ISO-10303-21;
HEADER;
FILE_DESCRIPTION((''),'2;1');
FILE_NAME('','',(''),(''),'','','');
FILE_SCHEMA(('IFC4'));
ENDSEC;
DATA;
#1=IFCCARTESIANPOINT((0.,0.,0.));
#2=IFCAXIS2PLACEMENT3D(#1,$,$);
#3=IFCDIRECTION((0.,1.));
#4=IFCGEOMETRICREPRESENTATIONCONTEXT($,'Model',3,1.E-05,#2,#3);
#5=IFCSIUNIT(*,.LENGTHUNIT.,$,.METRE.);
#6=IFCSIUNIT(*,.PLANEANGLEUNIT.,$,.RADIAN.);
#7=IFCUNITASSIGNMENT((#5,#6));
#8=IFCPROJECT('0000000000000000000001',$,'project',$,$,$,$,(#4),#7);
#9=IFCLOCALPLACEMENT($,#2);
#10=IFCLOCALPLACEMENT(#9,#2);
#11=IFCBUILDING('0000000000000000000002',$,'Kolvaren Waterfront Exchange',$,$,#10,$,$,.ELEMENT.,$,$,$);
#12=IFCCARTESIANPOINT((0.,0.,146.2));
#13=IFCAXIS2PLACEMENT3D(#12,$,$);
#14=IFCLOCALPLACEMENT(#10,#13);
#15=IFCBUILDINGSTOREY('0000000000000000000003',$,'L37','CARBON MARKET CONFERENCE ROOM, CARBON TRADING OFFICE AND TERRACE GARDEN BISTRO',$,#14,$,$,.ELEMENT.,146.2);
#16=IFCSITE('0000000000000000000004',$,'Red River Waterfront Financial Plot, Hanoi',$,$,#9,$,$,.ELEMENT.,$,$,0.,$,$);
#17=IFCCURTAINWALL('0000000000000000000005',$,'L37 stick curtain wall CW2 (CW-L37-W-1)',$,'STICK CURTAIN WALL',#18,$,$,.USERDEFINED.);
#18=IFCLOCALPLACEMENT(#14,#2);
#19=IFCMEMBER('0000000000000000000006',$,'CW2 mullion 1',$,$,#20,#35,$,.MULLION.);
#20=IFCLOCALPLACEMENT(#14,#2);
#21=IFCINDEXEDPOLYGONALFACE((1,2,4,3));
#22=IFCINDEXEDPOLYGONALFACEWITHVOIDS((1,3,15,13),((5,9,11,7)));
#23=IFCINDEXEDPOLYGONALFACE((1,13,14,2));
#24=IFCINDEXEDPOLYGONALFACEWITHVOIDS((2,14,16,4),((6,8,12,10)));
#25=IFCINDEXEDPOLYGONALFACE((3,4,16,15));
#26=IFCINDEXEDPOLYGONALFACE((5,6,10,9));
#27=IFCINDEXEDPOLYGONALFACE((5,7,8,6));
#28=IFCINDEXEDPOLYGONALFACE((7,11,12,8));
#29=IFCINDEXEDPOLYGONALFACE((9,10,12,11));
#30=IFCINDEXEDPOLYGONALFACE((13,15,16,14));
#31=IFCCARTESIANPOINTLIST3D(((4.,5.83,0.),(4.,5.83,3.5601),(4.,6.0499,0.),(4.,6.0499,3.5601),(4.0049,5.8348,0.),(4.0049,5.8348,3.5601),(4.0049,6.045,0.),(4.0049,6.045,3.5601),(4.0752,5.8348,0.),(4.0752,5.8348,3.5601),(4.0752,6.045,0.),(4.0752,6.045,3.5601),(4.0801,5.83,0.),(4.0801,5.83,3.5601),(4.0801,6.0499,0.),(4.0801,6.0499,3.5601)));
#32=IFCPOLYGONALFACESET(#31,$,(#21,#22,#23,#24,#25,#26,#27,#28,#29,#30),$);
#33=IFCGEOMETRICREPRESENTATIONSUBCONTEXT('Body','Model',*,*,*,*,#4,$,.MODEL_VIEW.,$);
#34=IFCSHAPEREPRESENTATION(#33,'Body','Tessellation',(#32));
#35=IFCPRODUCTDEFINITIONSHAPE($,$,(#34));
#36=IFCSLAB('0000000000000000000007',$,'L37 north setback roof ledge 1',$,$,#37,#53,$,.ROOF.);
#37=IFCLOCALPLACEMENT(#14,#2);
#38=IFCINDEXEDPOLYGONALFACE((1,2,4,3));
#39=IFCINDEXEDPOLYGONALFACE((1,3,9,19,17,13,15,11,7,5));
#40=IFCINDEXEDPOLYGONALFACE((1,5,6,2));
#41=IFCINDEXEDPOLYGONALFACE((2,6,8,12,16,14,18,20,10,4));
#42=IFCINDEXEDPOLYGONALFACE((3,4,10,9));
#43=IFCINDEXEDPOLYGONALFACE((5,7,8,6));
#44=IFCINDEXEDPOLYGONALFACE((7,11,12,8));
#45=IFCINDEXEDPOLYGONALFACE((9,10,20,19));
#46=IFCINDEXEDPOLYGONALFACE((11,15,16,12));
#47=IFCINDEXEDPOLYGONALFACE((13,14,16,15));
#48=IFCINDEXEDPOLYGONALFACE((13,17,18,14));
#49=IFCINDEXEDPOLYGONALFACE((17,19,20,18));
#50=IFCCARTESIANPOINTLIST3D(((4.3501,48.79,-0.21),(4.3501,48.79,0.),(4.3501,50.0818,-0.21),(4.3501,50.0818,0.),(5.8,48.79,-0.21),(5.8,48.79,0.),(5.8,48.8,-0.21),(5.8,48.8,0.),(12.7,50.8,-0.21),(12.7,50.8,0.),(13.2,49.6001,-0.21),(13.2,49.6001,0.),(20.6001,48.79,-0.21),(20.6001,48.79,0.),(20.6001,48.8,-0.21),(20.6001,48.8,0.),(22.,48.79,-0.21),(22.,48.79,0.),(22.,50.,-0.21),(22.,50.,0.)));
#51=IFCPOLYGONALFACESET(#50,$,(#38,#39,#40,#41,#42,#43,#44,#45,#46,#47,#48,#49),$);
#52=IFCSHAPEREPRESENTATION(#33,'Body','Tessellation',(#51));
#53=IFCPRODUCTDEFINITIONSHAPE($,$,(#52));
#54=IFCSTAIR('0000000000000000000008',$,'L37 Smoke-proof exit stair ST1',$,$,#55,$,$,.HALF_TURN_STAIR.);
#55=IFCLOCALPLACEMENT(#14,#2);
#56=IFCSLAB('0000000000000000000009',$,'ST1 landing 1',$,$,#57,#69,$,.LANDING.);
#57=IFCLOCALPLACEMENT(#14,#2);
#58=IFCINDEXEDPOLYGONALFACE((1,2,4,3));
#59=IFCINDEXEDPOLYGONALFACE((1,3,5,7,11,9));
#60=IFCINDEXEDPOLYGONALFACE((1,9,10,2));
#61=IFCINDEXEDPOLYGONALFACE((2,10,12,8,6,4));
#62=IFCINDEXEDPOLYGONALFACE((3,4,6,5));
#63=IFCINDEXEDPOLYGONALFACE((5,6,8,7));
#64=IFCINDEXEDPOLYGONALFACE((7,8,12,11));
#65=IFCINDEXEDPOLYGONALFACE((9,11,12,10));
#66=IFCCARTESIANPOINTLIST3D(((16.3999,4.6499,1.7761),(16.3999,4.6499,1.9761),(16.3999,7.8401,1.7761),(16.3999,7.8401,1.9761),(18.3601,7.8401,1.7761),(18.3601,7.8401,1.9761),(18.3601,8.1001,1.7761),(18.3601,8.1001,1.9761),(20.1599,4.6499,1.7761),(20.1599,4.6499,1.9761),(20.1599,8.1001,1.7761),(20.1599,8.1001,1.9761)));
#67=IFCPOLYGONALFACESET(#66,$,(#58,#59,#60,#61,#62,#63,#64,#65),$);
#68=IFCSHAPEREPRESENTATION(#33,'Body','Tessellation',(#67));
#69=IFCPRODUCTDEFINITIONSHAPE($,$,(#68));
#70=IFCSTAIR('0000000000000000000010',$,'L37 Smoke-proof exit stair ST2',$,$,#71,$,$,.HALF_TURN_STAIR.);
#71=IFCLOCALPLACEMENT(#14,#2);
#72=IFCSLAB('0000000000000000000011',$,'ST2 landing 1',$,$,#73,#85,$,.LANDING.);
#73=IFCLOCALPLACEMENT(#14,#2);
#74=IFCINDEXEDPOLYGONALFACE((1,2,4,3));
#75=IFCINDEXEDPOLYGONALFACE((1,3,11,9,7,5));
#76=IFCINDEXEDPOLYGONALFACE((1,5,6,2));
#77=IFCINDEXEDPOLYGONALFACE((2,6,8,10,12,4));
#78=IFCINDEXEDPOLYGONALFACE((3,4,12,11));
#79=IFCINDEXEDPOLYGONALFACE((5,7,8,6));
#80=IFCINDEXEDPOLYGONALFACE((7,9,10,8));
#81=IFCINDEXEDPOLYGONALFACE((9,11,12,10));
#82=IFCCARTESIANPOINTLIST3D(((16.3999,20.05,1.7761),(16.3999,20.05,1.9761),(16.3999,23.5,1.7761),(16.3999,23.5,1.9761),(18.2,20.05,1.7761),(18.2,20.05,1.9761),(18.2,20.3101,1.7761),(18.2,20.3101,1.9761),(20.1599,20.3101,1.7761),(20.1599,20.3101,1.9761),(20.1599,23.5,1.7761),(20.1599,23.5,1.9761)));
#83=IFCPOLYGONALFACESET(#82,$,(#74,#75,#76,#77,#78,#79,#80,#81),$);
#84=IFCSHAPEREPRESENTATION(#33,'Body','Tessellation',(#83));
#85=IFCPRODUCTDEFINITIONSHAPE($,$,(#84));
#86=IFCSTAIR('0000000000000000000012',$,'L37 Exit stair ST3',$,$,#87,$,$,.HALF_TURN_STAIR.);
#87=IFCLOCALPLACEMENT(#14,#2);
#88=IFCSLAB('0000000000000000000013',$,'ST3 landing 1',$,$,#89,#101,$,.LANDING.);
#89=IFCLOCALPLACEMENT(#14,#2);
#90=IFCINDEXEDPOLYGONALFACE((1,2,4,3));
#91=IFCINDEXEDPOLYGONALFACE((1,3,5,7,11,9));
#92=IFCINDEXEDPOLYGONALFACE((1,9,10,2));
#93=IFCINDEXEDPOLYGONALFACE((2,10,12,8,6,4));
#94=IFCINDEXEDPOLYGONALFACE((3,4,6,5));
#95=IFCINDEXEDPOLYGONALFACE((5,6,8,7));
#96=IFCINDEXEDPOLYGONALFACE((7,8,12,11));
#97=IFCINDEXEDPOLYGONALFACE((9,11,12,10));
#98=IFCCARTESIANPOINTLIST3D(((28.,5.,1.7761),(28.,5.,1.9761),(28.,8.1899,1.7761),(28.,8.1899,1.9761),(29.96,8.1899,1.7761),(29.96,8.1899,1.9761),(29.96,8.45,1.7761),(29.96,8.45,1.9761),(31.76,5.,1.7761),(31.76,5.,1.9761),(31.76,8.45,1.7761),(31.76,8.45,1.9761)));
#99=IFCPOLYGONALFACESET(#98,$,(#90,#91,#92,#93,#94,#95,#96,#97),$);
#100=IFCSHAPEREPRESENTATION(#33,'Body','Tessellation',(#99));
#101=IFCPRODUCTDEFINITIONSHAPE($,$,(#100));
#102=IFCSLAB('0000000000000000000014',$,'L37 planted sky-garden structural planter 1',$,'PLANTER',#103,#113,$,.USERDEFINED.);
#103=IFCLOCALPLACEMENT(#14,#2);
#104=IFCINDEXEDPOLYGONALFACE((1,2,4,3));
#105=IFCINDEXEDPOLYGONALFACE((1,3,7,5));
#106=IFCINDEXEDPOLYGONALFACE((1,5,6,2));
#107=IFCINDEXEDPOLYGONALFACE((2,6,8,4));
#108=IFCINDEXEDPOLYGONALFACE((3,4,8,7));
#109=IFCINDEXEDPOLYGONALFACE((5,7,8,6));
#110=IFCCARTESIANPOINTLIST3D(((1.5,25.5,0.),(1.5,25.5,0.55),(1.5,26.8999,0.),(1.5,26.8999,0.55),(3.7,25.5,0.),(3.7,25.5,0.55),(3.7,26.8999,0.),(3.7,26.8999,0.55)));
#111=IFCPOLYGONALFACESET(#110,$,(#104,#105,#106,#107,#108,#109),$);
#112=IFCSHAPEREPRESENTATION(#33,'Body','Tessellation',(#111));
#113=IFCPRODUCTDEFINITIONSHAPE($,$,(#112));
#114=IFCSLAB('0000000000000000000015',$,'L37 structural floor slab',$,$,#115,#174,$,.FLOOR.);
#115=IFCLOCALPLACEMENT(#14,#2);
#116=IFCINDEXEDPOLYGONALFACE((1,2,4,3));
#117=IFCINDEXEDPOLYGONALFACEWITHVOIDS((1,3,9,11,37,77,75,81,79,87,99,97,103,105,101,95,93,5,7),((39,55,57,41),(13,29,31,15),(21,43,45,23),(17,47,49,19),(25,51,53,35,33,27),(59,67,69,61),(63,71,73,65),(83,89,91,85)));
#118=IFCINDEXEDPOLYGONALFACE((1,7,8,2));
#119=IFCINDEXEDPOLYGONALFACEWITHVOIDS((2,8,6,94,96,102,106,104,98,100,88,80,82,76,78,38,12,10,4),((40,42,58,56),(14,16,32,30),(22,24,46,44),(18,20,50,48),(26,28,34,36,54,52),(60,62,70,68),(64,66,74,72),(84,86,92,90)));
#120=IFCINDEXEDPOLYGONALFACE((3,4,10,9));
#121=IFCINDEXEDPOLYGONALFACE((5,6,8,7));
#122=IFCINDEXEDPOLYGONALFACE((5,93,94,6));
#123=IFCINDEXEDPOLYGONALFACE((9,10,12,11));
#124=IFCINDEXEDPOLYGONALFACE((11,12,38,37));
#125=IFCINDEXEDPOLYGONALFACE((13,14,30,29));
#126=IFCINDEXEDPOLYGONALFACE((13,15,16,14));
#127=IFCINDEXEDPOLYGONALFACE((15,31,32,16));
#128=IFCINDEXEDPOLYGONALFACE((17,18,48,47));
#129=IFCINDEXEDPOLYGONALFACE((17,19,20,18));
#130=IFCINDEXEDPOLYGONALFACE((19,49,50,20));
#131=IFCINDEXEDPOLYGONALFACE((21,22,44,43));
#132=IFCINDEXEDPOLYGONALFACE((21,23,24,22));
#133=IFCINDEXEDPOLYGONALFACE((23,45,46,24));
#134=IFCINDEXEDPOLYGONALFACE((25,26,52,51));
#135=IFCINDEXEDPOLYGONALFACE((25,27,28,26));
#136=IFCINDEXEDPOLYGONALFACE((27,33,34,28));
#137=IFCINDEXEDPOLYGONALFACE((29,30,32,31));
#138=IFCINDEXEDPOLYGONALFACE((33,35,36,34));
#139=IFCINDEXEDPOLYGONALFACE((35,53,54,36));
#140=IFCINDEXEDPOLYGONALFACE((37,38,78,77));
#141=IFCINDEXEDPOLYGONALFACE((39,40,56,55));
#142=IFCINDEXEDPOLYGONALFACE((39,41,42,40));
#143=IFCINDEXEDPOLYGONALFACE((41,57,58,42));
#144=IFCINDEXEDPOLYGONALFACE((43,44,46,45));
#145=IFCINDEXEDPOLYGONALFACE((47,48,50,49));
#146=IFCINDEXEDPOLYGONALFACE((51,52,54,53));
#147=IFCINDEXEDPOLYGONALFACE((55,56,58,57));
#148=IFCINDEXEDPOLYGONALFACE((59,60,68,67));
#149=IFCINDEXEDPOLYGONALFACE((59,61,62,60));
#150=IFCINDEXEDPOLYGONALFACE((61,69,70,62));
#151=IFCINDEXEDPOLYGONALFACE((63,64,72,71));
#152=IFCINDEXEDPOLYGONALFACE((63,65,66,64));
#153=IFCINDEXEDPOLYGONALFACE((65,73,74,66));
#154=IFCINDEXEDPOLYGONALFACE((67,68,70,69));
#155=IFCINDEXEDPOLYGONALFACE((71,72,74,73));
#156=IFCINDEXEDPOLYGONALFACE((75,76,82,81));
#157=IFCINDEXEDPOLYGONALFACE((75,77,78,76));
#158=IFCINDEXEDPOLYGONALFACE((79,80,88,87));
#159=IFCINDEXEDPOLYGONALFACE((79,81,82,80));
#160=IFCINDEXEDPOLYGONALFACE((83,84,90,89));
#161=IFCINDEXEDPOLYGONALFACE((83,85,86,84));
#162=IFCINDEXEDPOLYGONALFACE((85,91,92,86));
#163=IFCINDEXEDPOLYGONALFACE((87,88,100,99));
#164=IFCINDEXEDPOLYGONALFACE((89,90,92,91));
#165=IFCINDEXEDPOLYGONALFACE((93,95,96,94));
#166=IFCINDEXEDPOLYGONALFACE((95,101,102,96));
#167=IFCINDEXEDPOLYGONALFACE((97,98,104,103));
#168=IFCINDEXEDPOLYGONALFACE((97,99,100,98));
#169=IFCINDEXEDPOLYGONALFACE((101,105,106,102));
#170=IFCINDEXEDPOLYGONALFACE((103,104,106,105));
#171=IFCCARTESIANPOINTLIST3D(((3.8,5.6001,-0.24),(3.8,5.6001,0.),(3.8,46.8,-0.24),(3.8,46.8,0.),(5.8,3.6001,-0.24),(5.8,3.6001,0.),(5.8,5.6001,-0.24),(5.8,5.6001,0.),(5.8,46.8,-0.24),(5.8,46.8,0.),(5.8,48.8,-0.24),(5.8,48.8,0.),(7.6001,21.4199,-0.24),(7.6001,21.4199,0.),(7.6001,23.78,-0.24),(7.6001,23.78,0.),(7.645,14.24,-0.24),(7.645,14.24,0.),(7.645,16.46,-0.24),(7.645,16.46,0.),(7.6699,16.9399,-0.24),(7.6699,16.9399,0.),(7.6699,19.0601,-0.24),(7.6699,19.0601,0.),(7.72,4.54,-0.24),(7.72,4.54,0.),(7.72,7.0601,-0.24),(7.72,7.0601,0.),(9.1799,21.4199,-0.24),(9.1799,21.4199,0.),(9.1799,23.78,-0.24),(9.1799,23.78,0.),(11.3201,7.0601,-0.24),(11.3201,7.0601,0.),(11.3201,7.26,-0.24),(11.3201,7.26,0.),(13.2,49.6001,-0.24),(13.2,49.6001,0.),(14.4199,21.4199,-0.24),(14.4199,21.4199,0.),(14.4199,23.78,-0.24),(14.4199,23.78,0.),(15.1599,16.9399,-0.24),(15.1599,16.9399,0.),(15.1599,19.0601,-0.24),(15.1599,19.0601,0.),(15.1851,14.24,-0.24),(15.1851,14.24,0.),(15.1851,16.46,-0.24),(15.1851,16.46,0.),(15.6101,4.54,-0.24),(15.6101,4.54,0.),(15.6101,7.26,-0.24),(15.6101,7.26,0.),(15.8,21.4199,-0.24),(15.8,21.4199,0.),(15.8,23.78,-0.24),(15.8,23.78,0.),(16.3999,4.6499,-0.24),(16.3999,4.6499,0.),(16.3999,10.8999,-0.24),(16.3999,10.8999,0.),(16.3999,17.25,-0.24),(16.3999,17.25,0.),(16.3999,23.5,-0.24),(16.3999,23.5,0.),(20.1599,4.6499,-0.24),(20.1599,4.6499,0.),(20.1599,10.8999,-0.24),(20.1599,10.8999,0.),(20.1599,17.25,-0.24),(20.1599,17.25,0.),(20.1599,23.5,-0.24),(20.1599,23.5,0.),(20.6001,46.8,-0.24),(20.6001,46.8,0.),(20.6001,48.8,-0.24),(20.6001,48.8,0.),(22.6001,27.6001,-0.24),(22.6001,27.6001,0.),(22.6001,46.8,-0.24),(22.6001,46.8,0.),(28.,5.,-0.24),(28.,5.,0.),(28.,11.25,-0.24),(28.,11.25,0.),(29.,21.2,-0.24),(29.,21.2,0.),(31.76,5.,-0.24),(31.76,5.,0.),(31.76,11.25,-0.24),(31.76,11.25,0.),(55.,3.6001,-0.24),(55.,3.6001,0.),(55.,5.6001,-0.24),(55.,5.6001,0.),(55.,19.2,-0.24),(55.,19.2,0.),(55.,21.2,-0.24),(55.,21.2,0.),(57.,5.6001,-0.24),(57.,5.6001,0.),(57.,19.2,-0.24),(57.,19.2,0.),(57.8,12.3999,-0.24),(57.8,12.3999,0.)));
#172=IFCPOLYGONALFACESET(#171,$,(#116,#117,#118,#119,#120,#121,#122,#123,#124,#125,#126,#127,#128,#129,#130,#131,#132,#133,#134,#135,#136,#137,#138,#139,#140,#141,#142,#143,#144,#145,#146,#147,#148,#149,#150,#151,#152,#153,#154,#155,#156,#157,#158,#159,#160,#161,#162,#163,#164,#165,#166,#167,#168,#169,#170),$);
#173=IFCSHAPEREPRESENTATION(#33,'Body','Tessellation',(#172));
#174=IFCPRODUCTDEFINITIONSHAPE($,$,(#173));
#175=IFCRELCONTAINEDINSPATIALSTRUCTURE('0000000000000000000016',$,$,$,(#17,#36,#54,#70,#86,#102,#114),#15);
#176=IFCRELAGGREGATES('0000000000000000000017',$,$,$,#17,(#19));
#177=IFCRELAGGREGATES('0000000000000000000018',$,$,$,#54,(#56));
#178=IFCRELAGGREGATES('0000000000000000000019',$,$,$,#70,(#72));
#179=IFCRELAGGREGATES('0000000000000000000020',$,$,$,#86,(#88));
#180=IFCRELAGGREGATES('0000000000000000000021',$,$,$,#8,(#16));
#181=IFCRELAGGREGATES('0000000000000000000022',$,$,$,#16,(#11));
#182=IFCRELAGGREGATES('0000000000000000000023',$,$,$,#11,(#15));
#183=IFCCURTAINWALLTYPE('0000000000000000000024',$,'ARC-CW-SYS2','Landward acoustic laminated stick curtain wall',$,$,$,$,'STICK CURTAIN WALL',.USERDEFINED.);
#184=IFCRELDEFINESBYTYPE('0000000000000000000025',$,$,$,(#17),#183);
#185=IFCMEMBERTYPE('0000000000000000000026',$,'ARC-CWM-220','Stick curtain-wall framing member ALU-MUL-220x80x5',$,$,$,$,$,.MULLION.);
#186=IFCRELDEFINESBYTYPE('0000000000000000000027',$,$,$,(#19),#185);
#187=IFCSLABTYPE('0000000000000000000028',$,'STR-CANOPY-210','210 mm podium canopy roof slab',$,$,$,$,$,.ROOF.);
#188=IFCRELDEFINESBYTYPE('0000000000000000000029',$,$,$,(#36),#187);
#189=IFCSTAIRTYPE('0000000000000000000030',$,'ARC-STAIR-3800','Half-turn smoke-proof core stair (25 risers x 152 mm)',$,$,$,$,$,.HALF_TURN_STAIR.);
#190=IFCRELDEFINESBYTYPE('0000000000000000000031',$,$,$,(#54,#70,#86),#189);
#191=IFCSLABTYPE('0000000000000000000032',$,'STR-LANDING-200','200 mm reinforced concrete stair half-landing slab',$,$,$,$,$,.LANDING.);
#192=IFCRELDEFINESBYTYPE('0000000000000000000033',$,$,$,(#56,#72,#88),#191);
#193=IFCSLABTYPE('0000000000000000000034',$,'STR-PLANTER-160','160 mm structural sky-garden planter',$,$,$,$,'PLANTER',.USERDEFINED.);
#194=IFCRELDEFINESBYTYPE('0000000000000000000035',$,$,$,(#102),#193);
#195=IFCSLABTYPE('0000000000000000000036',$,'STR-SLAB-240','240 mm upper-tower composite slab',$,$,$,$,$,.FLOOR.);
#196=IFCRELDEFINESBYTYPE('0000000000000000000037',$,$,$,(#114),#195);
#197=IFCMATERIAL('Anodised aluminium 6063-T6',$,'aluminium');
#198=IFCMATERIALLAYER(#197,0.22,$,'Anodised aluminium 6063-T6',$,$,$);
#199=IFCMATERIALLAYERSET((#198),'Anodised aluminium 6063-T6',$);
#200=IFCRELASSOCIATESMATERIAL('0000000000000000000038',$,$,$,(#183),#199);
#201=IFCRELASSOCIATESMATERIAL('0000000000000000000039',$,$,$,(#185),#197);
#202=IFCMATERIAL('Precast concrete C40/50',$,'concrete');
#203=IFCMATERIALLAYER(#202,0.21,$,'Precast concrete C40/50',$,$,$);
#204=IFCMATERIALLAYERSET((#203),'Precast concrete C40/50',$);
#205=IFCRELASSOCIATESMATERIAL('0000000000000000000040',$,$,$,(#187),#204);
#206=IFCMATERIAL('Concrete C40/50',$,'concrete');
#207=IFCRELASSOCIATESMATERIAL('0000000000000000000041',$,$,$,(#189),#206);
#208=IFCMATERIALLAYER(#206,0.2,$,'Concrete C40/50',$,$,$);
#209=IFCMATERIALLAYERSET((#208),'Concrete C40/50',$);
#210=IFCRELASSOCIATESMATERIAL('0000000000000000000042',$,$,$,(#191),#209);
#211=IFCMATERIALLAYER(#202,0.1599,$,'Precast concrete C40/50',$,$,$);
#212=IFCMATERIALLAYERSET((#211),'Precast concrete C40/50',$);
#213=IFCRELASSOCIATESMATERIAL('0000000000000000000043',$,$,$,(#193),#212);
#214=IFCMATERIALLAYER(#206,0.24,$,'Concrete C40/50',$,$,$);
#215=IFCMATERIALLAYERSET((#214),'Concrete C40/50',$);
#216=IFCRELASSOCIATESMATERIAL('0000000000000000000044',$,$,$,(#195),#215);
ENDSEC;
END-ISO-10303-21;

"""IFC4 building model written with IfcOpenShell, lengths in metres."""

from ifc_helpers import new_model, si_unit, direction, frame, origin, origin_with_axes, origin_2d, place, context, subcontext, project, spatial, polyline, hollow_rectangle, outline, extrude, source, transform, mapped, material, layer, layer_set, material_profile, profile_set, type_object, element, aggregate, save


model = new_model("IFC4")

# Units and contexts
model_context = context("Model", 3, precision=1e-05, world=origin(), true_north=direction((0.0, 1.0)))
body_context = subcontext(model_context, "Body", "Model", "MODEL_VIEW")
ifc_project = project(units=[si_unit("LENGTHUNIT", "METRE"), si_unit("PLANEANGLEUNIT", "RADIAN")], contexts=[model_context])

# Site, building, storey
site_placement = place(None, origin())
site = spatial("IfcSite", under=ifc_project, at=site_placement, Name="Red River Waterfront Financial Plot, Hanoi", CompositionType="ELEMENT", RefElevation=0.0)
building_placement = place(site_placement, origin())
building = spatial("IfcBuilding", under=site, at=building_placement, Name="Kolvaren Waterfront Exchange", CompositionType="ELEMENT")
storey_placement = place(building_placement, frame((0.0, 0.0, 146.2)))
storey = spatial("IfcBuildingStorey", under=building, at=storey_placement, Name="L37", Description="CARBON MARKET CONFERENCE ROOM, CARBON TRADING OFFICE AND TERRACE GARDEN BISTRO", CompositionType="ELEMENT", Elevation=146.2)

# Curtain wall, member
ifc_material_1 = material(Name="Anodised aluminium 6063-T6", Category="aluminium")
ifc_layer_1 = layer(ifc_material_1, 0.22, Name="Anodised aluminium 6063-T6")
ifc_layer_set_1 = layer_set([ifc_layer_1], Name="Anodised aluminium 6063-T6")
curtain_wall_type = type_object("IfcCurtainWallType", Name="ARC-CW-SYS2", Description="Landward acoustic laminated stick curtain wall", ElementType="STICK CURTAIN WALL", PredefinedType="USERDEFINED", material=ifc_layer_set_1)
curtain_wall_placement = place(storey_placement, origin())
curtain_wall = element("IfcCurtainWall", 1, at=curtain_wall_placement, inside=storey, type_object=curtain_wall_type, Name="L37 stick curtain wall CW2 (CW-L37-W-1)", ObjectType="STICK CURTAIN WALL", PredefinedType="USERDEFINED")
ifc_material_profile = material_profile(ifc_material_1, hollow_rectangle(XDim=0.0801, YDim=0.22, WallThickness=0.0049, at=origin_2d()), Name="ALU-MUL-220x80x5")
ifc_profile_set = profile_set([ifc_material_profile], Name="Anodised aluminium 6063-T6")
member_type = type_object("IfcMemberType", Name="ARC-CWM-220", Description="Stick curtain-wall framing member ALU-MUL-220x80x5", PredefinedType="MULLION", material=ifc_profile_set)
shared_shape = source(origin_with_axes(), body_context, "Body", "SweptSolid", [
    extrude(hollow_rectangle(XDim=0.0801, YDim=0.22, WallThickness=0.0049, at=origin_2d()), origin(), (0.0, 0.0, 1.0), 3.5601),
])
member_placement = place(storey_placement, frame((4.04, 5.9399, 0.0), z_axis=(0.0, 0.0, 1.0), x_axis=(-1.0, 0.0, 0.0)))
member = element("IfcMember", 2, at=member_placement, type_object=member_type, Name="CW2 mullion 1", PredefinedType="MULLION", context=body_context, shape_type="MappedRepresentation", body=[
    mapped(shared_shape, transform((0.0, 0.0, 0.0), x_axis=(1.0, 0.0, 0.0), y_axis=(0.0, 1.0, 0.0), z_axis=(0.0, 0.0, 1.0), scale=1.0)),
])
aggregate(curtain_wall, [member])

# Slab
ifc_material_2 = material(Name="Precast concrete C40/50", Category="concrete")
ifc_layer_2 = layer(ifc_material_2, 0.21, Name="Precast concrete C40/50")
ifc_layer_set_2 = layer_set([ifc_layer_2], Name="Precast concrete C40/50")
slab_type_1 = type_object("IfcSlabType", Name="STR-CANOPY-210", Description="210 mm podium canopy roof slab", PredefinedType="ROOF", material=ifc_layer_set_2)
slab_1_placement = place(storey_placement, frame((0.0, 0.0, -0.21)))
element("IfcSlab", 3, at=slab_1_placement, inside=storey, type_object=slab_type_1, Name="L37 north setback roof ledge 1", PredefinedType="ROOF", context=body_context, shape_type="SweptSolid", body=[
    extrude(outline(polyline([(12.7, 50.8), (22.0, 50.0), (22.0, 48.79), (20.6001, 48.79), (20.6001, 48.8), (13.2, 49.6001), (5.8, 48.8), (5.8, 48.79), (4.3501, 48.79), (4.3501, 50.0818), (12.7, 50.8)])), origin(), (0.0, 0.0, 1.0), 0.21),
])

# Stairs, slabs
ifc_material_3 = material(Name="Concrete C40/50", Category="concrete")
stair_type = type_object("IfcStairType", Name="ARC-STAIR-3800", Description="Half-turn smoke-proof core stair (25 risers x 152 mm)", PredefinedType="HALF_TURN_STAIR", material=ifc_material_3)
stair_1_placement = place(storey_placement, origin())
stair_1 = element("IfcStair", 4, at=stair_1_placement, inside=storey, type_object=stair_type, Name="L37 Smoke-proof exit stair ST1", PredefinedType="HALF_TURN_STAIR")
ifc_layer_3 = layer(ifc_material_3, 0.2, Name="Concrete C40/50")
ifc_layer_set_3 = layer_set([ifc_layer_3], Name="Concrete C40/50")
slab_type_2 = type_object("IfcSlabType", Name="STR-LANDING-200", Description="200 mm reinforced concrete stair half-landing slab", PredefinedType="LANDING", material=ifc_layer_set_3)
slab_2_placement = place(storey_placement, frame((0.0, 0.0, 1.7761)))
slab_2 = element("IfcSlab", 5, at=slab_2_placement, type_object=slab_type_2, Name="ST1 landing 1", PredefinedType="LANDING", context=body_context, shape_type="SweptSolid", body=[
    extrude(outline(polyline([(16.3999, 7.8401), (16.3999, 4.6499), (20.1599, 4.6499), (20.1599, 8.1001), (18.3601, 8.1001), (18.3601, 7.8401), (16.3999, 7.8401)])), origin(), (0.0, 0.0, 1.0), 0.2),
])
aggregate(stair_1, [slab_2])
stair_2_placement = place(storey_placement, origin())
stair_2 = element("IfcStair", 6, at=stair_2_placement, inside=storey, type_object=stair_type, Name="L37 Smoke-proof exit stair ST2", PredefinedType="HALF_TURN_STAIR")
slab_3_placement = place(storey_placement, frame((0.0, 0.0, 1.7761)))
slab_3 = element("IfcSlab", 7, at=slab_3_placement, type_object=slab_type_2, Name="ST2 landing 1", PredefinedType="LANDING", context=body_context, shape_type="SweptSolid", body=[
    extrude(outline(polyline([(20.1599, 20.3101), (20.1599, 23.5), (16.3999, 23.5), (16.3999, 20.05), (18.2, 20.05), (18.2, 20.3101), (20.1599, 20.3101)])), origin(), (0.0, 0.0, 1.0), 0.2),
])
aggregate(stair_2, [slab_3])
stair_3_placement = place(storey_placement, origin())
stair_3 = element("IfcStair", 8, at=stair_3_placement, inside=storey, type_object=stair_type, Name="L37 Exit stair ST3", PredefinedType="HALF_TURN_STAIR")
slab_4_placement = place(storey_placement, frame((0.0, 0.0, 1.7761)))
slab_4 = element("IfcSlab", 9, at=slab_4_placement, type_object=slab_type_2, Name="ST3 landing 1", PredefinedType="LANDING", context=body_context, shape_type="SweptSolid", body=[
    extrude(outline(polyline([(28.0, 8.1899), (28.0, 5.0), (31.76, 5.0), (31.76, 8.45), (29.96, 8.45), (29.96, 8.1899), (28.0, 8.1899)])), origin(), (0.0, 0.0, 1.0), 0.2),
])
aggregate(stair_3, [slab_4])

# Slabs
ifc_layer_4 = layer(ifc_material_2, 0.1599, Name="Precast concrete C40/50")
ifc_layer_set_4 = layer_set([ifc_layer_4], Name="Precast concrete C40/50")
slab_type_3 = type_object("IfcSlabType", Name="STR-PLANTER-160", Description="160 mm structural sky-garden planter", ElementType="PLANTER", PredefinedType="USERDEFINED", material=ifc_layer_set_4)
slab_5_placement = place(storey_placement, origin())
element("IfcSlab", 10, at=slab_5_placement, inside=storey, type_object=slab_type_3, Name="L37 planted sky-garden structural planter 1", ObjectType="PLANTER", PredefinedType="USERDEFINED", context=body_context, shape_type="SweptSolid", body=[
    extrude(outline(polyline([(1.5, 25.5), (3.7, 25.5), (3.7, 26.8999), (1.5, 26.8999), (1.5, 25.5)])), origin(), (0.0, 0.0, 1.0), 0.55),
])
ifc_layer_5 = layer(ifc_material_3, 0.24, Name="Concrete C40/50")
ifc_layer_set_5 = layer_set([ifc_layer_5], Name="Concrete C40/50")
slab_type_4 = type_object("IfcSlabType", Name="STR-SLAB-240", Description="240 mm upper-tower composite slab", PredefinedType="FLOOR", material=ifc_layer_set_5)
slab_6_placement = place(storey_placement, frame((0.0, 0.0, -0.24)))
element("IfcSlab", 11, at=slab_6_placement, inside=storey, type_object=slab_type_4, Name="L37 structural floor slab", PredefinedType="FLOOR", context=body_context, shape_type="SweptSolid", body=[
    extrude(outline(polyline([(5.8, 3.6001), (55.0, 3.6001), (55.0, 5.6001), (57.0, 5.6001), (57.8, 12.3999), (57.0, 19.2), (55.0, 19.2), (55.0, 21.2), (29.0, 21.2), (22.6001, 27.6001), (22.6001, 46.8), (20.6001, 46.8), (20.6001, 48.8), (13.2, 49.6001), (5.8, 48.8), (5.8, 46.8), (3.8, 46.8), (3.8, 5.6001), (5.8, 5.6001), (5.8, 3.6001)]), holes=[polyline([(11.3201, 7.26), (15.6101, 7.26), (15.6101, 4.54), (7.72, 4.54), (7.72, 7.0601), (11.3201, 7.0601), (11.3201, 7.26)]), polyline([(20.1599, 10.8999), (20.1599, 4.6499), (16.3999, 4.6499), (16.3999, 10.8999), (20.1599, 10.8999)]), polyline([(31.76, 11.25), (31.76, 5.0), (28.0, 5.0), (28.0, 11.25), (31.76, 11.25)]), polyline([(15.1851, 14.24), (7.645, 14.24), (7.645, 16.46), (15.1851, 16.46), (15.1851, 14.24)]), polyline([(15.1599, 16.9399), (7.6699, 16.9399), (7.6699, 19.0601), (15.1599, 19.0601), (15.1599, 16.9399)]), polyline([(16.3999, 23.5), (20.1599, 23.5), (20.1599, 17.25), (16.3999, 17.25), (16.3999, 23.5)]), polyline([(7.6001, 23.78), (9.1799, 23.78), (9.1799, 21.4199), (7.6001, 21.4199), (7.6001, 23.78)]), polyline([(15.8, 23.78), (15.8, 21.4199), (14.4199, 21.4199), (14.4199, 23.78), (15.8, 23.78)])]), origin(), (0.0, 0.0, 1.0), 0.24),
])

save(model, "model.ifc")
